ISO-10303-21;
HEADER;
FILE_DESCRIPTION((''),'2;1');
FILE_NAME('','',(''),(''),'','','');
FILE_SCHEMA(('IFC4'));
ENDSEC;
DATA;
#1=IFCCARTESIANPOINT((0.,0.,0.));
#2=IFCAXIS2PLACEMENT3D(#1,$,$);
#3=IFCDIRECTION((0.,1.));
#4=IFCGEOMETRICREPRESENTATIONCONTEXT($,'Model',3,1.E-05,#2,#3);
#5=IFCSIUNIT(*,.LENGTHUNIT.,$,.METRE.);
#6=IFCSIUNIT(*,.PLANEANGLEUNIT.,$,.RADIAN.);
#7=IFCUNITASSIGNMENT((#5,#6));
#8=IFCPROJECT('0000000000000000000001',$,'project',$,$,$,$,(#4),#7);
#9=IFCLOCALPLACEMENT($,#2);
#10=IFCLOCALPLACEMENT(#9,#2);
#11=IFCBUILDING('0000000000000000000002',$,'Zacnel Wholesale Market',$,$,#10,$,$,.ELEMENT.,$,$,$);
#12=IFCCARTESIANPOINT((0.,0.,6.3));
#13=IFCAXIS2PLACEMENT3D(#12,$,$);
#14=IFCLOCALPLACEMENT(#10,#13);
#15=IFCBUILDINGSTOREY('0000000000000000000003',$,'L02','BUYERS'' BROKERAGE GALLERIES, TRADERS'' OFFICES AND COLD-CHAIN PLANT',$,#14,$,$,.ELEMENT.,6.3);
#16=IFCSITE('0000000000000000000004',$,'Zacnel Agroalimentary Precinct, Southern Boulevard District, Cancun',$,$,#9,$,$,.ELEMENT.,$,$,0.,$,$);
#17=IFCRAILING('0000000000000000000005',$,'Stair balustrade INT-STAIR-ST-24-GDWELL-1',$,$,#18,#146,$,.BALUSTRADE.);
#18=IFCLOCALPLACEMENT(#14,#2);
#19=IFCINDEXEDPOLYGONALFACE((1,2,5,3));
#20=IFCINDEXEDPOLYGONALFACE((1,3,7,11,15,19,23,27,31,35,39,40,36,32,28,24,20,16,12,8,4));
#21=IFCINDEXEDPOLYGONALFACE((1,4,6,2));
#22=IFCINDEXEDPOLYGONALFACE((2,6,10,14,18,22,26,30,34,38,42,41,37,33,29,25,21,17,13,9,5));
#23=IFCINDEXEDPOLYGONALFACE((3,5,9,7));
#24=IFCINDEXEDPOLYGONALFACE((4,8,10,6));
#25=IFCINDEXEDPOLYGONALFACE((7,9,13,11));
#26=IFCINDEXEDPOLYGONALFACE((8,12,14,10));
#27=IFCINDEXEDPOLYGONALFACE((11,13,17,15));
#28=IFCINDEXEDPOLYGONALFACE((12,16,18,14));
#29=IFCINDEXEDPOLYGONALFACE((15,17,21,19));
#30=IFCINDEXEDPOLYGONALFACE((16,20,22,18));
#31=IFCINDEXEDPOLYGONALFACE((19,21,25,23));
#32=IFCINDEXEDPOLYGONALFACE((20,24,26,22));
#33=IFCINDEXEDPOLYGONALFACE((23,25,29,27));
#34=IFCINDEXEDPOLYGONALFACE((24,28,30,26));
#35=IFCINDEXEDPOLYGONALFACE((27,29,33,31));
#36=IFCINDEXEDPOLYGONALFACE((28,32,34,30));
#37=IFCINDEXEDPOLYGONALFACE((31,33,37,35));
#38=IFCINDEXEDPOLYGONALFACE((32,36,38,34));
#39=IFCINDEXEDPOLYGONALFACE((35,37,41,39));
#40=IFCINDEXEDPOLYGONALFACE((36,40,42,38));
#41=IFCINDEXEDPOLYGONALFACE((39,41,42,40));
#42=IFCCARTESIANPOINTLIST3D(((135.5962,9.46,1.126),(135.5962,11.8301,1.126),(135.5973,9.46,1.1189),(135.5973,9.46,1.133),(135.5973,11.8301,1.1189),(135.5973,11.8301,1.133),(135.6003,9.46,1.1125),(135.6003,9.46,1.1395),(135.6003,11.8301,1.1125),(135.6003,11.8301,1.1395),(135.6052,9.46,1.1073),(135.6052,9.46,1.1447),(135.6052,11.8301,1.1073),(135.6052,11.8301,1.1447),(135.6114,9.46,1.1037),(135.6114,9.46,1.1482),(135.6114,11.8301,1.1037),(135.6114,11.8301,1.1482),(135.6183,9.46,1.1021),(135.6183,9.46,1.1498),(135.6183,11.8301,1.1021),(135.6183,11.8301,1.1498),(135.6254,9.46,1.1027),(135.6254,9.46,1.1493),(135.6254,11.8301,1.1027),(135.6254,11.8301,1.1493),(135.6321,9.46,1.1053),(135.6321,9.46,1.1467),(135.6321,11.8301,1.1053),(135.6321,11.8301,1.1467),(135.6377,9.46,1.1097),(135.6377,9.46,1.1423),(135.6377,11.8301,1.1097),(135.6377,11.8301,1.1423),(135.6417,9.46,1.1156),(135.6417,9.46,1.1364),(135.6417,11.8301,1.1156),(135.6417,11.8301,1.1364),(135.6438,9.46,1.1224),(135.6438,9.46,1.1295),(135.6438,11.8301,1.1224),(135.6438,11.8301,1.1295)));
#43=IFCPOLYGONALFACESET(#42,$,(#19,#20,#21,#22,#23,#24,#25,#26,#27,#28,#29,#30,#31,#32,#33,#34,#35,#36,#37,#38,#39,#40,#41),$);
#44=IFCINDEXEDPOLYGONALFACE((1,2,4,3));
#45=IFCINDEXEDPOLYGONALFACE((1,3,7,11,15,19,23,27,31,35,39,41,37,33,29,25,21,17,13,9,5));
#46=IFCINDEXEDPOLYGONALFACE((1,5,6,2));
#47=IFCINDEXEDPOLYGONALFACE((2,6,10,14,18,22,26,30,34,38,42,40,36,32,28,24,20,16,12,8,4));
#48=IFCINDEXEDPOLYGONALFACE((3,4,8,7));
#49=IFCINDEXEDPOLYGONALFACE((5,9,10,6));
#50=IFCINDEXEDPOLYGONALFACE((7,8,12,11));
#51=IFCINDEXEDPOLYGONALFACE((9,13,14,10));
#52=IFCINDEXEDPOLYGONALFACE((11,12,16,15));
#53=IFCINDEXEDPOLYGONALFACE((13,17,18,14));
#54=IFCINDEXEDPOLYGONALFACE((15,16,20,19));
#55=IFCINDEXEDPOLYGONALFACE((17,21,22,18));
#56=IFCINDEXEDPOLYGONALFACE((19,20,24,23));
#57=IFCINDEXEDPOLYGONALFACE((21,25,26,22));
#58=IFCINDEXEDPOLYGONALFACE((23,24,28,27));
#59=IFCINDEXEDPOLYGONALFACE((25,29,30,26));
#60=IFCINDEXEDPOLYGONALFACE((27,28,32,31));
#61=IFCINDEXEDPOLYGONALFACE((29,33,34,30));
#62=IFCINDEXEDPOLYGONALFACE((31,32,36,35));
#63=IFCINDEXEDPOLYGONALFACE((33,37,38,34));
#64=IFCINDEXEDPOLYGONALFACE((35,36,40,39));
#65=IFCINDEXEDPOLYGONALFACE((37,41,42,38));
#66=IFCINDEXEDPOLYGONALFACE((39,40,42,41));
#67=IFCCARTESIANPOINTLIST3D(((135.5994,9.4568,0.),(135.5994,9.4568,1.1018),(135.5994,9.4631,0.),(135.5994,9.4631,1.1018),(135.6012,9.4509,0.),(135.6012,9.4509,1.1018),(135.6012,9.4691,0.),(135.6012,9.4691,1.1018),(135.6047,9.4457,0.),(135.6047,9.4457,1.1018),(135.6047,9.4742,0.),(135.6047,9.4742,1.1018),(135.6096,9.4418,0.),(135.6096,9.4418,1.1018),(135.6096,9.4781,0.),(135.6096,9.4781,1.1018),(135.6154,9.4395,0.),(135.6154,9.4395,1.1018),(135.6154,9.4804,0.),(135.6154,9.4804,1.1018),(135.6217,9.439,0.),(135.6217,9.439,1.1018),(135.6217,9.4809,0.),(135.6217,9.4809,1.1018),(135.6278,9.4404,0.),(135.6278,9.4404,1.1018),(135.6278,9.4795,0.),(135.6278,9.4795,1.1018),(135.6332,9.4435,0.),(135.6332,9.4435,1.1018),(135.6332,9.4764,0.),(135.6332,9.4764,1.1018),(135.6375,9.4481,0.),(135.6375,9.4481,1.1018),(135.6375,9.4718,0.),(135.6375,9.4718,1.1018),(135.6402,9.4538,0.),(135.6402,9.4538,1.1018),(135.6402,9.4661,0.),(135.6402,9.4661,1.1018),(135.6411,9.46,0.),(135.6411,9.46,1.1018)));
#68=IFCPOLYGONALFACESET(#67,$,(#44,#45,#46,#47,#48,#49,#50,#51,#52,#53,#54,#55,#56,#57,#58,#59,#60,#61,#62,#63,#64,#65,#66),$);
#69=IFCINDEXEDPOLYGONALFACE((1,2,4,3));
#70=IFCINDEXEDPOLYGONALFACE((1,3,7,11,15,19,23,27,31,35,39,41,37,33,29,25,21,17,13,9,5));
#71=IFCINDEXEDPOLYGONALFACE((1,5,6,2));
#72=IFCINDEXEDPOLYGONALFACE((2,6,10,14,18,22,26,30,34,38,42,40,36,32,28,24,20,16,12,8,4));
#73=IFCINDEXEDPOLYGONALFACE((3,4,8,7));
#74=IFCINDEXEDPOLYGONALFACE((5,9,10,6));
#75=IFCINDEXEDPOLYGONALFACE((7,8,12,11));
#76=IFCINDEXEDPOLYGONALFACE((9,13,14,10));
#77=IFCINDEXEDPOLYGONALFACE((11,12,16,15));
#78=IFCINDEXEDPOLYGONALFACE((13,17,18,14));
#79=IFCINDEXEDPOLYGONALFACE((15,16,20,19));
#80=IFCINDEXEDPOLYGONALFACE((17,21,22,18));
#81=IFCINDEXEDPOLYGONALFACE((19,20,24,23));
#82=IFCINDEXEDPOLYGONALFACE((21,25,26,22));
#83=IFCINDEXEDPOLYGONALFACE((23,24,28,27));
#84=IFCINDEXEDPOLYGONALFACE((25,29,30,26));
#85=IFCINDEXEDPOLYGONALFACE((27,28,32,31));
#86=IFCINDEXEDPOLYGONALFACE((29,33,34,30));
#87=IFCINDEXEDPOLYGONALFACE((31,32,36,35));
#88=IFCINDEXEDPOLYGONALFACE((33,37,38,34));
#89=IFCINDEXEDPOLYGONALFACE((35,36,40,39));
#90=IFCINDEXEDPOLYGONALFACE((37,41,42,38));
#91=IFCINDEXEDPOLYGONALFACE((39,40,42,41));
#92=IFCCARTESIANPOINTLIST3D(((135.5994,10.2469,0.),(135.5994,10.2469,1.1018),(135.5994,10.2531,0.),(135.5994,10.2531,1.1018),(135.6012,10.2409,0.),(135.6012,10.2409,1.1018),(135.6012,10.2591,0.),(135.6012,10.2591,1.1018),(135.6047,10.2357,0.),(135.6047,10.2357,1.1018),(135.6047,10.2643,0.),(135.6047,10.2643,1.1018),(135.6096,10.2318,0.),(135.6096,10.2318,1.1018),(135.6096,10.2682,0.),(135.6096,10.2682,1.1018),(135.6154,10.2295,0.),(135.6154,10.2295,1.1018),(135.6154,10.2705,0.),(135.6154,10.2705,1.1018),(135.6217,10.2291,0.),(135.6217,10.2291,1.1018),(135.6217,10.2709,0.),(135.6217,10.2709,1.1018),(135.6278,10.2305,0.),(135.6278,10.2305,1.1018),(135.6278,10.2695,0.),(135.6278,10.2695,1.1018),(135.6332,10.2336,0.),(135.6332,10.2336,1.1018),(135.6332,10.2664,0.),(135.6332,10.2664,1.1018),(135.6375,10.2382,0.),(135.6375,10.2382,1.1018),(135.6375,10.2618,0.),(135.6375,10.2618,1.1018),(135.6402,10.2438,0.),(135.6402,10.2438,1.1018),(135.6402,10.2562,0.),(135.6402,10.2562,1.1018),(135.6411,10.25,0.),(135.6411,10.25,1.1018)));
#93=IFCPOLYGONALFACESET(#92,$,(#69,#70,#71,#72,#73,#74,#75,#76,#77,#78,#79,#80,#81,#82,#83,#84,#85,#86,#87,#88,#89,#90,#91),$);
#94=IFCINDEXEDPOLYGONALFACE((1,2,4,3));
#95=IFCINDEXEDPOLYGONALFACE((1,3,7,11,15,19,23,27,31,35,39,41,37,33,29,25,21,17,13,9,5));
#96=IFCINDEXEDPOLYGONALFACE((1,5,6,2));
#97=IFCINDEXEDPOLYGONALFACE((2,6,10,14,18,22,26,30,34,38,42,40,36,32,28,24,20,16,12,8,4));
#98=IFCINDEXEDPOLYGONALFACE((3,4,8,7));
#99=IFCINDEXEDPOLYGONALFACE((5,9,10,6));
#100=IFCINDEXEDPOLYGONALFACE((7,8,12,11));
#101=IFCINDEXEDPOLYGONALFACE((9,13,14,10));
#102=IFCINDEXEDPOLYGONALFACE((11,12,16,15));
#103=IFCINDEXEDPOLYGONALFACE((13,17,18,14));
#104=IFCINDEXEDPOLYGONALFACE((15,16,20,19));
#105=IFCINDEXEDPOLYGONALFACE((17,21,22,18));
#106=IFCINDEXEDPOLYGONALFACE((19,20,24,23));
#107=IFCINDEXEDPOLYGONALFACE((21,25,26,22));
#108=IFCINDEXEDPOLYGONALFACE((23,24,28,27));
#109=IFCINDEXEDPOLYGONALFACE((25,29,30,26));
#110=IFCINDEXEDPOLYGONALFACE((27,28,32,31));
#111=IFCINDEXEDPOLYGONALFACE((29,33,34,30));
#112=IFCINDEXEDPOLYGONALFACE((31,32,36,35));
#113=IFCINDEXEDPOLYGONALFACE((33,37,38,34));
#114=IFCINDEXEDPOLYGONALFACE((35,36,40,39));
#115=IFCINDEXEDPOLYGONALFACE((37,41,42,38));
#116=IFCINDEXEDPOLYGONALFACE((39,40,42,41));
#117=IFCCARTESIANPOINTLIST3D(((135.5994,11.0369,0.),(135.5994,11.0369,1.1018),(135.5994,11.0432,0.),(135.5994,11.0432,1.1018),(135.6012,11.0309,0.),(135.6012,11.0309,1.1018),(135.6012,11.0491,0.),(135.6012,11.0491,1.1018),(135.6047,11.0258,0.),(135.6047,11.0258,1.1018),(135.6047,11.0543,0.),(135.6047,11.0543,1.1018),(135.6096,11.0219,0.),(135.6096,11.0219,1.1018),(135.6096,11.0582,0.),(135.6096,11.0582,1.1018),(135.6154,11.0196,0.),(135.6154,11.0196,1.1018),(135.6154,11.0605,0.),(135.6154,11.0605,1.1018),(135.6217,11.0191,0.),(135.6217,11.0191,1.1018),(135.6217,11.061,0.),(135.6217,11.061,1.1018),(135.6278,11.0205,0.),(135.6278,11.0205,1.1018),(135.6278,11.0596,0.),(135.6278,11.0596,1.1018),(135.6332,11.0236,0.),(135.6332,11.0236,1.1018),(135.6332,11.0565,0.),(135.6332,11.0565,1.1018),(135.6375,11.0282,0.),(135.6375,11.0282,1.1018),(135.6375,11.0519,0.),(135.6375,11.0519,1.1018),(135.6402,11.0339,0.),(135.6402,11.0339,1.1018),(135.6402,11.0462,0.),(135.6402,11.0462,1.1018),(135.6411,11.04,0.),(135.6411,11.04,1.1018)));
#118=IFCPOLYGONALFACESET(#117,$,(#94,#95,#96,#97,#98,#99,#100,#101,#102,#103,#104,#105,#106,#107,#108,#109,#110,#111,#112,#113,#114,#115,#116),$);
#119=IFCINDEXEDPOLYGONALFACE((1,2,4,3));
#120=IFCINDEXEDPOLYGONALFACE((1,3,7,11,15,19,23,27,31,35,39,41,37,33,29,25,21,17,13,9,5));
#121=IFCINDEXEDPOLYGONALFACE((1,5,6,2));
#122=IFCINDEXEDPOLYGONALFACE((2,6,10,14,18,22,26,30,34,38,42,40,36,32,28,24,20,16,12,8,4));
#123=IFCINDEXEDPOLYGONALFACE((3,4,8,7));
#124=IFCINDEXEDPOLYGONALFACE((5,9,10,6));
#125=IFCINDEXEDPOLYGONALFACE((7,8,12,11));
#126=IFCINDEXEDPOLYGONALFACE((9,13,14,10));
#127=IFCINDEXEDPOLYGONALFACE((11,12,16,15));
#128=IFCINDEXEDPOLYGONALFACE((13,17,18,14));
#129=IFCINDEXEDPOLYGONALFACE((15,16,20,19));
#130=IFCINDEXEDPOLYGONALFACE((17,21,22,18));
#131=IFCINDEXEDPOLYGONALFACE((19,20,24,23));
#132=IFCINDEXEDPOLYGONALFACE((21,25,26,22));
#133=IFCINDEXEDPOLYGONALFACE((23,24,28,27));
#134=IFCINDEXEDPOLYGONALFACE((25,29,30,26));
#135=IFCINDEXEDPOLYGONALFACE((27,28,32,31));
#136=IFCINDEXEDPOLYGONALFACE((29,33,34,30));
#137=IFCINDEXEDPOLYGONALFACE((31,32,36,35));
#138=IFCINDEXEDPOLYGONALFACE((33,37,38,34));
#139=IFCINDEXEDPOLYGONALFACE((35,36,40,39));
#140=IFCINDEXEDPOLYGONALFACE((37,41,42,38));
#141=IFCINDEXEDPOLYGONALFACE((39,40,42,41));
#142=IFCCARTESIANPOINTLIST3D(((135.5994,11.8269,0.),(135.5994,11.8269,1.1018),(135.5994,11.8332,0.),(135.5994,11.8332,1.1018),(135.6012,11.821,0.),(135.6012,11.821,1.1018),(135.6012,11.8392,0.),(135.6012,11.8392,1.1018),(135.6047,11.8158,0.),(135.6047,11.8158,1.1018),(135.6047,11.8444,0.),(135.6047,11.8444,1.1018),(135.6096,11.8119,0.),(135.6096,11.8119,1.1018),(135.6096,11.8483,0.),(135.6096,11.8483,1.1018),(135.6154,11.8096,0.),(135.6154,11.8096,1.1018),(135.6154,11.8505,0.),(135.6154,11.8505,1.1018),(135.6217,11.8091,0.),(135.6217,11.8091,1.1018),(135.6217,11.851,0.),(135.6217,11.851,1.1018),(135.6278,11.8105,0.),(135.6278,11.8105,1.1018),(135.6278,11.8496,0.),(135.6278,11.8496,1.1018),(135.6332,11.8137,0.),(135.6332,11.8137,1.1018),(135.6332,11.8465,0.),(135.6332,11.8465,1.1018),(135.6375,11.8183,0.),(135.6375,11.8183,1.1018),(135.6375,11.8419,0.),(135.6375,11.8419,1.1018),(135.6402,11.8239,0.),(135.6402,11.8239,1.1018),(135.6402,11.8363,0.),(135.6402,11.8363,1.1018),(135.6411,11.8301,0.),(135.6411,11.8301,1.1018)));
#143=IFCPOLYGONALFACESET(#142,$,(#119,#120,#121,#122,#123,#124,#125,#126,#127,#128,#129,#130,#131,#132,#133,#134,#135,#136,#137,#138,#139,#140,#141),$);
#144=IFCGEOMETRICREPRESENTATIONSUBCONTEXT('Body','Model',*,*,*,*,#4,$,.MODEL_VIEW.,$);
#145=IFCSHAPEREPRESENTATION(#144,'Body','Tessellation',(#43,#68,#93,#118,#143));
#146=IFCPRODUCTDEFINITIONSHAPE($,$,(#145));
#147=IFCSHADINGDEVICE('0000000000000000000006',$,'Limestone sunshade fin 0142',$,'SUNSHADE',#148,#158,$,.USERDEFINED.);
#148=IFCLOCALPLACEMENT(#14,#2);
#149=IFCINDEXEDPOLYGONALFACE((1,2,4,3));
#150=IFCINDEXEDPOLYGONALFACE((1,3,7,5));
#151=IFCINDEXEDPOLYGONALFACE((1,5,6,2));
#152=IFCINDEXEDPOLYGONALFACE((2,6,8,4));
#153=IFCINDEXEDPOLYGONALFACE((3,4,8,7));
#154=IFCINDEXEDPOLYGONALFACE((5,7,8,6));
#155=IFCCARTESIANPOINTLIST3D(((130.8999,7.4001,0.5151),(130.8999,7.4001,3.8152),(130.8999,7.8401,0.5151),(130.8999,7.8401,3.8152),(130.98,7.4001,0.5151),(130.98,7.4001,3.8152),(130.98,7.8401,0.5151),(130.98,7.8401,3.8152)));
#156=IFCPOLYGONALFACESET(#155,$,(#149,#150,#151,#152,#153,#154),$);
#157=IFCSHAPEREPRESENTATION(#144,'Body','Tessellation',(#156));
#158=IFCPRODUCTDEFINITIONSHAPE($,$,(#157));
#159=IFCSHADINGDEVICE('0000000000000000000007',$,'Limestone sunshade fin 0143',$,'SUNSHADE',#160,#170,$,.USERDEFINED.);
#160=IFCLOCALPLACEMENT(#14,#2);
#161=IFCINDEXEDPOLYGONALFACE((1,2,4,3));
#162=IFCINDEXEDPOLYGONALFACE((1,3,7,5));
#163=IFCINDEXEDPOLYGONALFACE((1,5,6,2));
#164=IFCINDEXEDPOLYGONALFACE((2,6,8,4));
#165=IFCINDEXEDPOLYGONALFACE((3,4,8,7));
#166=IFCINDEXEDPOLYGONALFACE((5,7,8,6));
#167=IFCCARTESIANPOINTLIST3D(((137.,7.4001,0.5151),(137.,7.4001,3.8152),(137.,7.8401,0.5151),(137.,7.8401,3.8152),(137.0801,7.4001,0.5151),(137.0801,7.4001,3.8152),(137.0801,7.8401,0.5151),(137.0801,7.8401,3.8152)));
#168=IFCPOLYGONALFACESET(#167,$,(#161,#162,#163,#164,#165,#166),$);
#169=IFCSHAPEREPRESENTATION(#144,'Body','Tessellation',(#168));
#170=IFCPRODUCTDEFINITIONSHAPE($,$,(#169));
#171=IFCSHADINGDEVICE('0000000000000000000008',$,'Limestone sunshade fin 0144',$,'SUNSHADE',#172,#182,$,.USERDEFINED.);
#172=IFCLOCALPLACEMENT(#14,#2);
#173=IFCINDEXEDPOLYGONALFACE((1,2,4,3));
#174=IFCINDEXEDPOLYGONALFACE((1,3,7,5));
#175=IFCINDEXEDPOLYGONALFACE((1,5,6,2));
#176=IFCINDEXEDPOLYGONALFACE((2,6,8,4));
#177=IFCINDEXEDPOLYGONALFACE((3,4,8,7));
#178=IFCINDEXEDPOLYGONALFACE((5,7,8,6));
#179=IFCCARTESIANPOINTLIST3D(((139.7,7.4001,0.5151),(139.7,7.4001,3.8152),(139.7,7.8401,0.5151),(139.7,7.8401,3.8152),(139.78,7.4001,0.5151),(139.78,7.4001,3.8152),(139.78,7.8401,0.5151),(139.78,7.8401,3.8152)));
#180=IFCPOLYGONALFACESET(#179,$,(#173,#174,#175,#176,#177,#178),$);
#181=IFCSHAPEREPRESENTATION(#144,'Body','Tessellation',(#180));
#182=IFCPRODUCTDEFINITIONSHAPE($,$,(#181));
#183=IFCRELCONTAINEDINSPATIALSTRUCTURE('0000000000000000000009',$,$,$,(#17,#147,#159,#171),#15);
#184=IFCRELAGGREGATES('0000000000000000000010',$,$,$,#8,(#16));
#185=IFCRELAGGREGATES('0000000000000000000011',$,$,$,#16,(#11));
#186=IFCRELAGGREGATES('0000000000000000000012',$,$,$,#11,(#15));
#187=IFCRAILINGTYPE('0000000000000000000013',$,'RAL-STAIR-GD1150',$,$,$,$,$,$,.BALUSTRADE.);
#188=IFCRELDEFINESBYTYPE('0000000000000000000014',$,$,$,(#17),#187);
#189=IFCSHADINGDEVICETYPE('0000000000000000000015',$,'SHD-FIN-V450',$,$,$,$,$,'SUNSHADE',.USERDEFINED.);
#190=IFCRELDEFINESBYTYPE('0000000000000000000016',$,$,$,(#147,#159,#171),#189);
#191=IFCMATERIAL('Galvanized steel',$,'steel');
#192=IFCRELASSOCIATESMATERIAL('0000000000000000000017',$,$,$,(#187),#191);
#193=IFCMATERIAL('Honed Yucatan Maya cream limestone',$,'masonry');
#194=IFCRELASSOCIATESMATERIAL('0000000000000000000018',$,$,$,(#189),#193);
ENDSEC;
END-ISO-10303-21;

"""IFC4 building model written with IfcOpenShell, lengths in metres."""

from ifc_helpers import new_model, si_unit, direction, frame, origin, origin_2d, place, context, subcontext, project, spatial, rectangle, circle, extrude, material, type_object, element, save


model = new_model("IFC4")

# Units and contexts
model_context = context("Model", 3, precision=1e-05, world=origin(), true_north=direction((0.0, 1.0)))
body_context = subcontext(model_context, "Body", "Model", "MODEL_VIEW")
ifc_project = project(units=[si_unit("LENGTHUNIT", "METRE"), si_unit("PLANEANGLEUNIT", "RADIAN")], contexts=[model_context])

# Site, building, storey
site_placement = place(None, origin())
site = spatial("IfcSite", under=ifc_project, at=site_placement, Name="Zacnel Agroalimentary Precinct, Southern Boulevard District, Cancun", CompositionType="ELEMENT", RefElevation=0.0)
building_placement = place(site_placement, origin())
building = spatial("IfcBuilding", under=site, at=building_placement, Name="Zacnel Wholesale Market", CompositionType="ELEMENT")
storey_placement = place(building_placement, frame((0.0, 0.0, 6.3)))
storey = spatial("IfcBuildingStorey", under=building, at=storey_placement, Name="L02", Description="BUYERS' BROKERAGE GALLERIES, TRADERS' OFFICES AND COLD-CHAIN PLANT", CompositionType="ELEMENT", Elevation=6.3)

# Railing
ifc_material_1 = material(Name="Galvanized steel", Category="steel")
railing_type = type_object("IfcRailingType", Name="RAL-STAIR-GD1150", PredefinedType="BALUSTRADE", material=ifc_material_1)
railing_placement = place(storey_placement, frame((135.6201, 9.46, 0.0)))
element("IfcRailing", 1, at=railing_placement, inside=storey, type_object=railing_type, Name="Stair balustrade INT-STAIR-ST-24-GDWELL-1", PredefinedType="BALUSTRADE", context=body_context, shape_type="SweptSolid", body=[
    extrude(circle(Radius=0.0239, at=origin_2d()), frame((0.0, 0.0, 1.126), z_axis=(0.0, 1.0, 0.0), x_axis=(-1.0, 0.0, 0.0)), (0.0, 0.0, 1.0), 2.3701),
    extrude(circle(Radius=0.021, at=origin_2d()), origin(), (0.0, 0.0, 1.0), 1.1018),
    extrude(circle(Radius=0.021, at=origin_2d()), frame((0.0, 0.79, 0.0)), (0.0, 0.0, 1.0), 1.1018),
    extrude(circle(Radius=0.021, at=origin_2d()), frame((0.0, 1.5801, 0.0)), (0.0, 0.0, 1.0), 1.1018),
    extrude(circle(Radius=0.021, at=origin_2d()), frame((0.0, 2.3701, 0.0)), (0.0, 0.0, 1.0), 1.1018),
])

# Shading devices
ifc_material_2 = material(Name="Honed Yucatan Maya cream limestone", Category="masonry")
shading_device_type = type_object("IfcShadingDeviceType", Name="SHD-FIN-V450", ElementType="SUNSHADE", PredefinedType="USERDEFINED", material=ifc_material_2)
for number, where, z_axis, x_axis, name in (
    (2, (130.9399, 7.6201, 0.5151), (0.0, 0.0, 1.0), (1.0, 0.0, 0.0), "Limestone sunshade fin 0142"),
    (3, (137.04, 7.6201, 0.5151), (0.0, 0.0, 1.0), (1.0, 0.0, 0.0), "Limestone sunshade fin 0143"),
    (4, (139.74, 7.6201, 0.5151), (0.0, 0.0, 1.0), (1.0, 0.0, 0.0), "Limestone sunshade fin 0144"),
):
    element("IfcShadingDevice", number, at=place(storey_placement, frame(where, z_axis=z_axis, x_axis=x_axis)), inside=storey, type_object=shading_device_type, Name=name, ObjectType="SUNSHADE", PredefinedType="USERDEFINED", context=body_context, shape_type="SweptSolid", body=[
        extrude(rectangle(XDim=0.0801, YDim=0.4399, at=origin_2d()), origin(), (0.0, 0.0, 1.0), 3.3),
    ])

save(model, "model.ifc")
